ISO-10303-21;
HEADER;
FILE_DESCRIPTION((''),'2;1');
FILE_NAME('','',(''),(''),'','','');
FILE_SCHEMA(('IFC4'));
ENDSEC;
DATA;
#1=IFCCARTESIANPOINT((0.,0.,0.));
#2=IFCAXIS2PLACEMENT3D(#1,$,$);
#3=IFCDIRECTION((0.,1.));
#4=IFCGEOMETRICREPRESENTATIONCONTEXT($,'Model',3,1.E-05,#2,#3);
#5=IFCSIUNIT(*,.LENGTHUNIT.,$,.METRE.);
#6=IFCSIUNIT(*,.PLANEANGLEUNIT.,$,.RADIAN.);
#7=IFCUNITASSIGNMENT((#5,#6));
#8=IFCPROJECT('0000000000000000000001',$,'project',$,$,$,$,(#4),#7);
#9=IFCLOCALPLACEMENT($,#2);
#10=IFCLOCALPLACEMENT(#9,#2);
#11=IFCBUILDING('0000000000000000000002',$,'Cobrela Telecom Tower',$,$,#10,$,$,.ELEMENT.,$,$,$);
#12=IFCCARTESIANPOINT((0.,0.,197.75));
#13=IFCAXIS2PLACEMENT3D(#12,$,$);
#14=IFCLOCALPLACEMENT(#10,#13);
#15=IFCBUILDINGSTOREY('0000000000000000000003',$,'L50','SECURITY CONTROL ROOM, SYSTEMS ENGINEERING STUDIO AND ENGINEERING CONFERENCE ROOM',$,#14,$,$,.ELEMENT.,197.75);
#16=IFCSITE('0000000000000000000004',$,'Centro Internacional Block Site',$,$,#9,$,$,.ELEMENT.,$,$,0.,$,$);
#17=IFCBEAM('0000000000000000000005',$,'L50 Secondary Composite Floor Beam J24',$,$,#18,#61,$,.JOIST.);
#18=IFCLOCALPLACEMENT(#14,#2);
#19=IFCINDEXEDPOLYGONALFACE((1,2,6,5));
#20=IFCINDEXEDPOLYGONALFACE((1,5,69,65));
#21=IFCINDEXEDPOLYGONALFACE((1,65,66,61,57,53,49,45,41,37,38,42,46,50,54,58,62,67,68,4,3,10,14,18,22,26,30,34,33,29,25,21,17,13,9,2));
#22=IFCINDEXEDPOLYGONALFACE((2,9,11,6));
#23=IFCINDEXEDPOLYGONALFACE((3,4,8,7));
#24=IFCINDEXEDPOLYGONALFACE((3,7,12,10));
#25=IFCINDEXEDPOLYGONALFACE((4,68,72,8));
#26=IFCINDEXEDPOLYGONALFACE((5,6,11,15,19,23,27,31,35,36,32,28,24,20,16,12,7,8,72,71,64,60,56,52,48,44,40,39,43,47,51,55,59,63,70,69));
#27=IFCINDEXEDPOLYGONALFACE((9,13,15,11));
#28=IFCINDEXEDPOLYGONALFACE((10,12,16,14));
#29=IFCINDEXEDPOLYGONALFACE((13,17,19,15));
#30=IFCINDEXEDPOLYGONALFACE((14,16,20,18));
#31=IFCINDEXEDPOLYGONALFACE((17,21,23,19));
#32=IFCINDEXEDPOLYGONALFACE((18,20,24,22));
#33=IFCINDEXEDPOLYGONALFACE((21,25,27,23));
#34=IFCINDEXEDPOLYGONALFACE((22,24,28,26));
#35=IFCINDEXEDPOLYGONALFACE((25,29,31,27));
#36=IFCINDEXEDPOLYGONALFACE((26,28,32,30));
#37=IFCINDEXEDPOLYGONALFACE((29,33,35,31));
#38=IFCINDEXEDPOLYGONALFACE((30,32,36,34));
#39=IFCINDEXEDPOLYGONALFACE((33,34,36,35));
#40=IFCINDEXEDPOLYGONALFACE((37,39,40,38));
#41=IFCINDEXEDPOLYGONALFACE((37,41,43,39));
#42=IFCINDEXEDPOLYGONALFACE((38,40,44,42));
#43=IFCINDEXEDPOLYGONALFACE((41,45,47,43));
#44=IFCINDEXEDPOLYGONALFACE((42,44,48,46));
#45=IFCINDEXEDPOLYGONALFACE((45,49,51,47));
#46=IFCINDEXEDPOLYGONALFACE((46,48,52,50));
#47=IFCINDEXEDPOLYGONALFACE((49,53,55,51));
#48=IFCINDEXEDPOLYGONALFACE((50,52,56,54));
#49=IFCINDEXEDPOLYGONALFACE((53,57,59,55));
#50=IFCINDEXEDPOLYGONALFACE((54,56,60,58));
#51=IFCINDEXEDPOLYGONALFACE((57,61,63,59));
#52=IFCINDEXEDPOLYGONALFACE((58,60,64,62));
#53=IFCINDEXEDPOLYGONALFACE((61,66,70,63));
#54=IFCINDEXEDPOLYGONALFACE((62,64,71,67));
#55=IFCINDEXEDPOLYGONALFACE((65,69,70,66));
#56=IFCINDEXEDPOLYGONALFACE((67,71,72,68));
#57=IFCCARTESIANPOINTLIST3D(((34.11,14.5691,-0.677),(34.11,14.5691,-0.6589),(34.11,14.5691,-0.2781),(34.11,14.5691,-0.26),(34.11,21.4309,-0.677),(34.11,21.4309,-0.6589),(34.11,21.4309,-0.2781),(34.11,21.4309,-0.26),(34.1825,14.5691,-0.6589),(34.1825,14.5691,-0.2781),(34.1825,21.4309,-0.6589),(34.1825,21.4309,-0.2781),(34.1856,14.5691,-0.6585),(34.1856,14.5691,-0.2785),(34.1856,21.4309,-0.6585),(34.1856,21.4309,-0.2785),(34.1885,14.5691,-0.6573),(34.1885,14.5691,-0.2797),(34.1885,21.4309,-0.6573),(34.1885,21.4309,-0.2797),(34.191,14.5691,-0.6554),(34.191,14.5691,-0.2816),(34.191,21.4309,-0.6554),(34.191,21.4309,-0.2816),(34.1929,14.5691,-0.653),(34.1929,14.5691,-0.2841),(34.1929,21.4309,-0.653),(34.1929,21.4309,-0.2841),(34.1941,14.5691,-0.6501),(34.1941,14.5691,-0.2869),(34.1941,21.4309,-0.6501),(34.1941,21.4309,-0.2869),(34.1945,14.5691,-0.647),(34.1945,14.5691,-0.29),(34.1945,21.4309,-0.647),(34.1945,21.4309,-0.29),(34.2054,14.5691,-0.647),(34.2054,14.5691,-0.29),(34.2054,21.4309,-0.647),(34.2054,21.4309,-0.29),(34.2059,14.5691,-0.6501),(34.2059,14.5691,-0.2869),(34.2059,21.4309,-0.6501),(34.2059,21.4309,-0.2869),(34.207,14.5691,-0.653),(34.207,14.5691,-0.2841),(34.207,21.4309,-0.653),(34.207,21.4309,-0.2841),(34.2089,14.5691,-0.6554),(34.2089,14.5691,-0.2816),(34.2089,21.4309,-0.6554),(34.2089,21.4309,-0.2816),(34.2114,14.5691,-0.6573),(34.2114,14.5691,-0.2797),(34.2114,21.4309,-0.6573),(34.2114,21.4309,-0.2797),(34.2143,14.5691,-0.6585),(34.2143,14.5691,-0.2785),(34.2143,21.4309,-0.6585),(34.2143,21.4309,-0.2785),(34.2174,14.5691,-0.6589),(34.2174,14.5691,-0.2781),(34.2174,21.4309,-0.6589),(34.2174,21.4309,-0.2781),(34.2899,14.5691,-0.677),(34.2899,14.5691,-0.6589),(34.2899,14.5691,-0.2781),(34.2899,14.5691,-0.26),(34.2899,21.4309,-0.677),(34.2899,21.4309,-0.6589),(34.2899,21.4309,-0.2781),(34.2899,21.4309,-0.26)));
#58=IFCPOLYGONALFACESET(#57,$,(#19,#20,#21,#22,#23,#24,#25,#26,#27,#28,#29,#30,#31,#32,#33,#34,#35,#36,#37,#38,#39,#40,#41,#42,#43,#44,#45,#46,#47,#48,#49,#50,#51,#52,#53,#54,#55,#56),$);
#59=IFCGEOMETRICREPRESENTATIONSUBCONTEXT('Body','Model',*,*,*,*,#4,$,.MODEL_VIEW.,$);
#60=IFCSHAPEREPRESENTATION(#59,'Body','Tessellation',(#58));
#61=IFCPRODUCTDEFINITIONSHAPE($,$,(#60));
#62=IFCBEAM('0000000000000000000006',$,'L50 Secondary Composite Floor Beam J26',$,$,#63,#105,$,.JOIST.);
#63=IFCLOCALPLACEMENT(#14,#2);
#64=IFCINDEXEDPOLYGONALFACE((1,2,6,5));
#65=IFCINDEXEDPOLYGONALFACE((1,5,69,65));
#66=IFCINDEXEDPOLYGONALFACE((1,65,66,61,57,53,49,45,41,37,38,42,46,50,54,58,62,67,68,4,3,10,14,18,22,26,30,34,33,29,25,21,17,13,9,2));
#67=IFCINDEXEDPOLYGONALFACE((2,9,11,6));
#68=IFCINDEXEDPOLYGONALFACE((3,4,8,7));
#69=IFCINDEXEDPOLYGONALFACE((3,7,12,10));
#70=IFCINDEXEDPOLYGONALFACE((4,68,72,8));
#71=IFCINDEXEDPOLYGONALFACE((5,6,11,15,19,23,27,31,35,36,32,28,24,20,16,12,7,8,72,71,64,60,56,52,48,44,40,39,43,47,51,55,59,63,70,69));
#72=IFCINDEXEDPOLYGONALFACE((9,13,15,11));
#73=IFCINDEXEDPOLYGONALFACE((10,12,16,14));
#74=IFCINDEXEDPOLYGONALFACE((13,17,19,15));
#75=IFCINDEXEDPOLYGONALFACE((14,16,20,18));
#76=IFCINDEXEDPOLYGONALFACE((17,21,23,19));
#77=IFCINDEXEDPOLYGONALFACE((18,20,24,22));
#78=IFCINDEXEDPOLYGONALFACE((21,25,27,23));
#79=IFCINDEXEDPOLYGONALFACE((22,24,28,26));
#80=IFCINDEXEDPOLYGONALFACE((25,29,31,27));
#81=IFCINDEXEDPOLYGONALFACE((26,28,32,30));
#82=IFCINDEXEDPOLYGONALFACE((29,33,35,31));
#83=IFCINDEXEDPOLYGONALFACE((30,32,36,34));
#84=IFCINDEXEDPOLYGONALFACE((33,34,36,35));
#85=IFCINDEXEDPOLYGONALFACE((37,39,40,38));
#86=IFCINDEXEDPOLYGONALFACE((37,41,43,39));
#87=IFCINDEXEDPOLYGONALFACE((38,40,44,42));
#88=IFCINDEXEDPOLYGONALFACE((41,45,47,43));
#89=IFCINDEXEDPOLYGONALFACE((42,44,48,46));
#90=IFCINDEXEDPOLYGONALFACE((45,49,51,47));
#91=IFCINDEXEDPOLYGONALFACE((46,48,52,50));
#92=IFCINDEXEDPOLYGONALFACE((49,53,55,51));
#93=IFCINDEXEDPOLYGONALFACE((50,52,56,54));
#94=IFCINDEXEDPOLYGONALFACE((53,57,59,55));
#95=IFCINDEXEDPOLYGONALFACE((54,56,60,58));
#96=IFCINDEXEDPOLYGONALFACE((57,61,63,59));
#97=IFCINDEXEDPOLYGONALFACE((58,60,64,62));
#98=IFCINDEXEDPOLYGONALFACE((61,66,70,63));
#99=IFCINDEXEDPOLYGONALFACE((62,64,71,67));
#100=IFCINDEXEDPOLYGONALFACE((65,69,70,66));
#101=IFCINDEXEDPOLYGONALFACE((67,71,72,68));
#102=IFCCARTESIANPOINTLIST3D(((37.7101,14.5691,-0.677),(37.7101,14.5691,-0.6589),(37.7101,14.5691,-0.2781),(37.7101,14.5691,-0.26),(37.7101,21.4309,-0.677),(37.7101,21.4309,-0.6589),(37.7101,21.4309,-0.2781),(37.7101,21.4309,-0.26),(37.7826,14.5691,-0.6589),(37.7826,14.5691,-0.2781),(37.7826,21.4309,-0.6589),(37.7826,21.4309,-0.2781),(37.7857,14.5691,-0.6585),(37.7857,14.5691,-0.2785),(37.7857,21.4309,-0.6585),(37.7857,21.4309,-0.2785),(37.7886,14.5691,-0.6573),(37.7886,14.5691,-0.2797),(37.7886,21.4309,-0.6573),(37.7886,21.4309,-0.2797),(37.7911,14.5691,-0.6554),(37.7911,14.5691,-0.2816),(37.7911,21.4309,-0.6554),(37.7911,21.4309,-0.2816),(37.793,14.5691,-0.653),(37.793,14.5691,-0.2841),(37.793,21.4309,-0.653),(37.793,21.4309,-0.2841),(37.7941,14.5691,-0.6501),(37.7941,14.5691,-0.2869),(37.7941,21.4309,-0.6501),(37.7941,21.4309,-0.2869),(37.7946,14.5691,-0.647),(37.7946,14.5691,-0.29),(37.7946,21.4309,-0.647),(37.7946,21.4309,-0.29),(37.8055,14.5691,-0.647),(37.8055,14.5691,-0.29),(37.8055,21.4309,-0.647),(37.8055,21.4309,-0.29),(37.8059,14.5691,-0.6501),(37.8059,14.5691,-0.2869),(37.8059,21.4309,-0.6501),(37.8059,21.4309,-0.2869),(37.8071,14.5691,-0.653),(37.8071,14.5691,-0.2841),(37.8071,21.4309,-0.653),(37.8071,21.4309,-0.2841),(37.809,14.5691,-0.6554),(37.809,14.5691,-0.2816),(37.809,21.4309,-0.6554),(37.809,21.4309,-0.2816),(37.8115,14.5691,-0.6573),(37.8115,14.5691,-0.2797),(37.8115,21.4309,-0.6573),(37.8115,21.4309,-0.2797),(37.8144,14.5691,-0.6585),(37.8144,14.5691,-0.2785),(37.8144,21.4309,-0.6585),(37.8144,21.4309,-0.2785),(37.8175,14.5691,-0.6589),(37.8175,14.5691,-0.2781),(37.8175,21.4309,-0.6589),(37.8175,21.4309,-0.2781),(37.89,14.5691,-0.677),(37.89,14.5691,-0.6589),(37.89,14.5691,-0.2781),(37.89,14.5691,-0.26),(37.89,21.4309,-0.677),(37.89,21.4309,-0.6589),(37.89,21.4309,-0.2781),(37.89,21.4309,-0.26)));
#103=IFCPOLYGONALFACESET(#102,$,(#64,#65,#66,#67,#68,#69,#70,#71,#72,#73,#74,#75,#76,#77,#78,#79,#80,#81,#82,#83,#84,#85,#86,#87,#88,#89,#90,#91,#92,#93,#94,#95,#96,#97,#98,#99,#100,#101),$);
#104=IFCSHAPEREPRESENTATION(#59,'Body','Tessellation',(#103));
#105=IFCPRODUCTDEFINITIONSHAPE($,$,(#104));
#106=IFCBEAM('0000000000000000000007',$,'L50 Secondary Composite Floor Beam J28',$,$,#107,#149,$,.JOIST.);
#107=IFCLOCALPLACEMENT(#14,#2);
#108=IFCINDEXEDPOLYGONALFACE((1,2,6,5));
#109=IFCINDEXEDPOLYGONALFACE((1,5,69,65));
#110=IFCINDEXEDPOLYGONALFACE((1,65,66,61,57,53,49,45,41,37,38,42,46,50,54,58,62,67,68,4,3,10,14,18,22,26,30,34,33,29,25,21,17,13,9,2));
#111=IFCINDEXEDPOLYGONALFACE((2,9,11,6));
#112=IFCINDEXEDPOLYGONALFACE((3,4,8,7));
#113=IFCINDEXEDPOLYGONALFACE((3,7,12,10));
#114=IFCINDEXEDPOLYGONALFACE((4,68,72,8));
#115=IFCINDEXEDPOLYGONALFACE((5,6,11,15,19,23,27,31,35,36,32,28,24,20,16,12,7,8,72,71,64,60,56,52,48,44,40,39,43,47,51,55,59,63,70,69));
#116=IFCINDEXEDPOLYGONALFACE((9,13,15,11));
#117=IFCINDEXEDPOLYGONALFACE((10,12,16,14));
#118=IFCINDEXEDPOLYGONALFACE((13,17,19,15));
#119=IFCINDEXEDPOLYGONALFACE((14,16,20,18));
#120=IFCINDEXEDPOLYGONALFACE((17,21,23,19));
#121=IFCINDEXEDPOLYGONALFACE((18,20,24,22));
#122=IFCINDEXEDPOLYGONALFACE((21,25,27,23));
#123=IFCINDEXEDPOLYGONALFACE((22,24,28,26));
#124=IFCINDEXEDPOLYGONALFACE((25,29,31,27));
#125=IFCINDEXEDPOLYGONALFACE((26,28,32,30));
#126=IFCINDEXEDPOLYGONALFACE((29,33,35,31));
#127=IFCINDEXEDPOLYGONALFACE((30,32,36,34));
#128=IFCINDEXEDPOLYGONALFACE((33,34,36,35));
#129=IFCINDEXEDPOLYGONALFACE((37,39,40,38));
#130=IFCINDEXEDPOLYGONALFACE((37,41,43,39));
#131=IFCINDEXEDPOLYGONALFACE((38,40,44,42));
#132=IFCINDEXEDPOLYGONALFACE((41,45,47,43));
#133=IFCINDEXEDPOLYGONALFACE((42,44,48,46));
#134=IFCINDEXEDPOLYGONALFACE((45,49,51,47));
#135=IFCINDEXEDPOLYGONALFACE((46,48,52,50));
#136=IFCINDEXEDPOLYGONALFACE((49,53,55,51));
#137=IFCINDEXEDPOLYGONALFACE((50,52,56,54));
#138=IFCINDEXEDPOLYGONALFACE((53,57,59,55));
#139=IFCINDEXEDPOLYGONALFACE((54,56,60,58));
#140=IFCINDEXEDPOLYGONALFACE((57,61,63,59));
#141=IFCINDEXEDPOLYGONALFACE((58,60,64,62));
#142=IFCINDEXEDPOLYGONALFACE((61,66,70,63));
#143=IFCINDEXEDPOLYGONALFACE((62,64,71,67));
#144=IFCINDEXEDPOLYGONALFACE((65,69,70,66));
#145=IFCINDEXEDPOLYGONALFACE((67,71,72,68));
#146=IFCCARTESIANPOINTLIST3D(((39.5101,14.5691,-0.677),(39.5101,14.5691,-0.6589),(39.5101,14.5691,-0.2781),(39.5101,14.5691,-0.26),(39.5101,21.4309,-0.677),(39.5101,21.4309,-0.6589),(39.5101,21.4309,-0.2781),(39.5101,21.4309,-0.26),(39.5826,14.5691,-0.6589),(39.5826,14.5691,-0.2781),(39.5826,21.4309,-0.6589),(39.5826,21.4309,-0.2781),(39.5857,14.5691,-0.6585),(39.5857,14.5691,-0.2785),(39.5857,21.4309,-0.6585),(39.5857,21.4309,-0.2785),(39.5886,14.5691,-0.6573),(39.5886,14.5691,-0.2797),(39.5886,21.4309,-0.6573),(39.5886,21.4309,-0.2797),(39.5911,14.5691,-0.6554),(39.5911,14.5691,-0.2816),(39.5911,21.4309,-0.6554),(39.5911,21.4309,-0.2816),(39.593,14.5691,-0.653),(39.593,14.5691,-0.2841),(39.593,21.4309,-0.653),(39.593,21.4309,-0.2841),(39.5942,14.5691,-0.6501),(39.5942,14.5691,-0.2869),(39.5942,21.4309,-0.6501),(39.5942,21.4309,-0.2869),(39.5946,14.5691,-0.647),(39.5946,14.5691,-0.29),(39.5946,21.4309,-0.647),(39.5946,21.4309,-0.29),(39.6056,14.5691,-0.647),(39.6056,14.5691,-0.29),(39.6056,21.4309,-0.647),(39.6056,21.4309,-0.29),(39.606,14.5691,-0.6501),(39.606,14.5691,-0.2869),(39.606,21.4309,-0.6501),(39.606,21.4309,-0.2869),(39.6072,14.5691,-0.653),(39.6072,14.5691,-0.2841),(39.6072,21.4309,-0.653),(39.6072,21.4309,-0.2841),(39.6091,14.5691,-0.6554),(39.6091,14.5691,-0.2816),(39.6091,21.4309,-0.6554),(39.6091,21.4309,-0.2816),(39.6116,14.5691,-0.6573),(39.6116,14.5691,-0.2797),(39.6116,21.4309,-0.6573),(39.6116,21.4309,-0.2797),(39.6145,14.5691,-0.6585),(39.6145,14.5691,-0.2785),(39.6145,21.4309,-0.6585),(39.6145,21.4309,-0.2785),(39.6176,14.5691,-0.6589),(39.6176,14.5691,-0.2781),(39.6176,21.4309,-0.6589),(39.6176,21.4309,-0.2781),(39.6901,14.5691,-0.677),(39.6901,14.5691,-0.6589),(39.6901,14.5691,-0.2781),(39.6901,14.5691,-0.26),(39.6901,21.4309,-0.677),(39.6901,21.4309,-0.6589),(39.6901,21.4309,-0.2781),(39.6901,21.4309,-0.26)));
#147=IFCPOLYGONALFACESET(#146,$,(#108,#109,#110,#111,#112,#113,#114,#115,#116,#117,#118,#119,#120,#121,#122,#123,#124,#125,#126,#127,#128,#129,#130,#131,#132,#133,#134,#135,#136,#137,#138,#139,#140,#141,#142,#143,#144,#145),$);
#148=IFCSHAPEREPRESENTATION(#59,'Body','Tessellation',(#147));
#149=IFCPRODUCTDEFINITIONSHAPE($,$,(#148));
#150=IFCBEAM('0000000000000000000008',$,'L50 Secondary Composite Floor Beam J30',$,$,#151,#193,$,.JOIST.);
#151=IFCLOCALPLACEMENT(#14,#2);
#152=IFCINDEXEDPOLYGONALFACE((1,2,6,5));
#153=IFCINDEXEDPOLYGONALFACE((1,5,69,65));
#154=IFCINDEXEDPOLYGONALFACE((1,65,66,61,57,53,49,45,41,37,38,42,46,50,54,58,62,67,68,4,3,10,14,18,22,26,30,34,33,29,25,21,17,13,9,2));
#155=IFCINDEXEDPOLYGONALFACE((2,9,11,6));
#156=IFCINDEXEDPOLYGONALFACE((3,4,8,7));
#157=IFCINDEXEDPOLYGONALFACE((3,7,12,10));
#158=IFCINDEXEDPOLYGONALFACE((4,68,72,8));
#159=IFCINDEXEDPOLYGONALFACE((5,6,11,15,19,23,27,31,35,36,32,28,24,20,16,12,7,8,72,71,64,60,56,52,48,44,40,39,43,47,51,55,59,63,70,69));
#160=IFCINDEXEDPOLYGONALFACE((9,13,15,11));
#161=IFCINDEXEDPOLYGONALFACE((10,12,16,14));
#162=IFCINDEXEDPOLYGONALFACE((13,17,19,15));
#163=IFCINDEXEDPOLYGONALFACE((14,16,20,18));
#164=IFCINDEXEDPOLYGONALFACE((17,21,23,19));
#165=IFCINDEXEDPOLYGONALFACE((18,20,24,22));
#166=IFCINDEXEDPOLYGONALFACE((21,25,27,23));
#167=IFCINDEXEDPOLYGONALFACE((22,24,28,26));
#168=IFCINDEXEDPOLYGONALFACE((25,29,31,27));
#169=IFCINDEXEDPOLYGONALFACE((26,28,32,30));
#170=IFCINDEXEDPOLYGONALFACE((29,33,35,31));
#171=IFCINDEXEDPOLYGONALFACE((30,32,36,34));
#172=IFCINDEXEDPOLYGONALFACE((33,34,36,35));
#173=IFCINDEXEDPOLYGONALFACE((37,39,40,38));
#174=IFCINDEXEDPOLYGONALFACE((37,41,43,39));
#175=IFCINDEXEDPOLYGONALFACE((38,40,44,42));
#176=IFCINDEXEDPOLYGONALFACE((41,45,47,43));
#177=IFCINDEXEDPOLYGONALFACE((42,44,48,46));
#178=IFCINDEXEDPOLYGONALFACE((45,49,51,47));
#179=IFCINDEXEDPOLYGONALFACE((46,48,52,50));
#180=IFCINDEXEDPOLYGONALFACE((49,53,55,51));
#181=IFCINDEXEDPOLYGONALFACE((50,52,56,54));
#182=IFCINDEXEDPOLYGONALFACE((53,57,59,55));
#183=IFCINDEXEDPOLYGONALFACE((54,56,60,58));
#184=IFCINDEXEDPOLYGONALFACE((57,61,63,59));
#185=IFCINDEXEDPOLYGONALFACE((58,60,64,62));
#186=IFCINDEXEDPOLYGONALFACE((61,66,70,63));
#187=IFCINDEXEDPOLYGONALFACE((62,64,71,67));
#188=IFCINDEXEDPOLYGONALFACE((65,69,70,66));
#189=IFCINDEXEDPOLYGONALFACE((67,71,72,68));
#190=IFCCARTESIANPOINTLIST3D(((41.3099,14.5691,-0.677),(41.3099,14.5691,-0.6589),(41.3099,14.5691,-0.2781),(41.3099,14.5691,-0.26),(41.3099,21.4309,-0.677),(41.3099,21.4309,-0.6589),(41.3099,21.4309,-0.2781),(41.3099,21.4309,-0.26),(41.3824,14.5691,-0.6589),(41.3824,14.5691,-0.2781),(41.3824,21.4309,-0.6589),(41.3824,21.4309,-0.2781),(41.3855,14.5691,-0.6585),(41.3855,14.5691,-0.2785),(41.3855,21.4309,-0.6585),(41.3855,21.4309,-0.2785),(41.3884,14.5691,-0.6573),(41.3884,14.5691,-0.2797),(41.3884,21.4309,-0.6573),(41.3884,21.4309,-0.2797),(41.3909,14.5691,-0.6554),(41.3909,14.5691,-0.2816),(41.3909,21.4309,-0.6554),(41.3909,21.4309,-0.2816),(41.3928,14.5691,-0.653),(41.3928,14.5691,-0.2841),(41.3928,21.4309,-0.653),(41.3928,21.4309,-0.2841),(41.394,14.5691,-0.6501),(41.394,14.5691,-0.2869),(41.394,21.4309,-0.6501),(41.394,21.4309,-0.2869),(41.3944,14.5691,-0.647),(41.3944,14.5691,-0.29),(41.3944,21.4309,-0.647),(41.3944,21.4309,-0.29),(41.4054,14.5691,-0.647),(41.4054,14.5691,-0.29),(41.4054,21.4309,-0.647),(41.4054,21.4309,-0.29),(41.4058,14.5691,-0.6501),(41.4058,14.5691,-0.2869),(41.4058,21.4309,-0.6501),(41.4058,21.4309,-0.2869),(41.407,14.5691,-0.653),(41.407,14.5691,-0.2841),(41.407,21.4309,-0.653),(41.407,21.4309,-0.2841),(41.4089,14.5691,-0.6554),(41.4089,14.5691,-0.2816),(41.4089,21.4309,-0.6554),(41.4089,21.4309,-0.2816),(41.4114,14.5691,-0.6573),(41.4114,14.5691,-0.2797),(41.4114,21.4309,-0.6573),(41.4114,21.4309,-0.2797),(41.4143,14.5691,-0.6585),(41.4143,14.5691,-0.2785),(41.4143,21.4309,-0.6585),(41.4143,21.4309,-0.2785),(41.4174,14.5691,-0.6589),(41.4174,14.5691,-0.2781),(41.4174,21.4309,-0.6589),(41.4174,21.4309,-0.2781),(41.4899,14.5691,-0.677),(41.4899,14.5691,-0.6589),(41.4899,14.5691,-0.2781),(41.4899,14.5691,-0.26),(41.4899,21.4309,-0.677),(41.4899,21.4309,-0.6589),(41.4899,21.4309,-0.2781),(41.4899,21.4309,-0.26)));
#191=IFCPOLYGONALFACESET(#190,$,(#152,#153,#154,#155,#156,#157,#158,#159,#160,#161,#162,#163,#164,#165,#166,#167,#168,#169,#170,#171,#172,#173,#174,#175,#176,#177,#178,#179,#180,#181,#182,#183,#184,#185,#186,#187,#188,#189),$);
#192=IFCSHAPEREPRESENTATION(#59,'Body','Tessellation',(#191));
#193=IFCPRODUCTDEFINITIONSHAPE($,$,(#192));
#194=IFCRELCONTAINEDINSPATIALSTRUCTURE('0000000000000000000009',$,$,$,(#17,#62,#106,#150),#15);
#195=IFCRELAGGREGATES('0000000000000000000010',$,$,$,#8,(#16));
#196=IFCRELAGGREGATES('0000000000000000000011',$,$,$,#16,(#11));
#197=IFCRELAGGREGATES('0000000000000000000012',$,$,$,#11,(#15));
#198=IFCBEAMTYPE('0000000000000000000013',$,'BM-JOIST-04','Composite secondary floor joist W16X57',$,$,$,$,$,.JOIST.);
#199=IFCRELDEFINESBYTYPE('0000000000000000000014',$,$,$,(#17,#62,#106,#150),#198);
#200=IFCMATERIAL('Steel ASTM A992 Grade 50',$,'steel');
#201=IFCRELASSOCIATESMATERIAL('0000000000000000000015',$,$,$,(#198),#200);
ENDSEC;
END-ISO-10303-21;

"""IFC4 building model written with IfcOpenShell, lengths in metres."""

from ifc_helpers import new_model, si_unit, direction, frame, origin, origin_2d, place, context, subcontext, project, spatial, i_section, extrude, material, material_profile, profile_set, type_object, element, save


model = new_model("IFC4")

# Units and contexts
model_context = context("Model", 3, precision=1e-05, world=origin(), true_north=direction((0.0, 1.0)))
body_context = subcontext(model_context, "Body", "Model", "MODEL_VIEW")
ifc_project = project(units=[si_unit("LENGTHUNIT", "METRE"), si_unit("PLANEANGLEUNIT", "RADIAN")], contexts=[model_context])

# Site, building, storey
site_placement = place(None, origin())
site = spatial("IfcSite", under=ifc_project, at=site_placement, Name="Centro Internacional Block Site", CompositionType="ELEMENT", RefElevation=0.0)
building_placement = place(site_placement, origin())
building = spatial("IfcBuilding", under=site, at=building_placement, Name="Cobrela Telecom Tower", CompositionType="ELEMENT")
storey_placement = place(building_placement, frame((0.0, 0.0, 197.75)))
storey = spatial("IfcBuildingStorey", under=building, at=storey_placement, Name="L50", Description="SECURITY CONTROL ROOM, SYSTEMS ENGINEERING STUDIO AND ENGINEERING CONFERENCE ROOM", CompositionType="ELEMENT", Elevation=197.75)

# Shared definitions
ifc_material_1 = material(Name="Steel ASTM A992 Grade 50", Category="steel")

# Beams
ifc_material_profile_1 = material_profile(ifc_material_1, i_section(OverallWidth=0.1799, OverallDepth=0.417, WebThickness=0.011, FlangeThickness=0.0181, FilletRadius=0.012, at=origin_2d()), Name="W16X57")
ifc_profile_set_1 = profile_set([ifc_material_profile_1], Name="Steel ASTM A992 Grade 50")
beam_type_1 = type_object("IfcBeamType", Name="BM-JOIST-04", Description="Composite secondary floor joist W16X57", PredefinedType="JOIST", material=ifc_profile_set_1)
for number, where, z_axis, x_axis, name in (
    (1, (34.2, 14.5691, -0.4685), (0.0, 1.0, 0.0), (-1.0, 0.0, 0.0), "L50 Secondary Composite Floor Beam J24"),
    (2, (37.8, 14.5691, -0.4685), (0.0, 1.0, 0.0), (-1.0, 0.0, 0.0), "L50 Secondary Composite Floor Beam J26"),
    (3, (39.6001, 14.5691, -0.4685), (0.0, 1.0, 0.0), (-1.0, 0.0, 0.0), "L50 Secondary Composite Floor Beam J28"),
    (4, (41.3999, 14.5691, -0.4685), (0.0, 1.0, 0.0), (-1.0, 0.0, 0.0), "L50 Secondary Composite Floor Beam J30"),
):
    element("IfcBeam", number, at=place(storey_placement, frame(where, z_axis=z_axis, x_axis=x_axis)), inside=storey, type_object=beam_type_1, Name=name, PredefinedType="JOIST", context=body_context, shape_type="SweptSolid", body=[
        extrude(i_section(OverallWidth=0.1799, OverallDepth=0.417, WebThickness=0.011, FlangeThickness=0.0181, FilletRadius=0.012, at=origin_2d()), origin(), (0.0, 0.0, 1.0), 6.8618),
    ])

save(model, "model.ifc")
